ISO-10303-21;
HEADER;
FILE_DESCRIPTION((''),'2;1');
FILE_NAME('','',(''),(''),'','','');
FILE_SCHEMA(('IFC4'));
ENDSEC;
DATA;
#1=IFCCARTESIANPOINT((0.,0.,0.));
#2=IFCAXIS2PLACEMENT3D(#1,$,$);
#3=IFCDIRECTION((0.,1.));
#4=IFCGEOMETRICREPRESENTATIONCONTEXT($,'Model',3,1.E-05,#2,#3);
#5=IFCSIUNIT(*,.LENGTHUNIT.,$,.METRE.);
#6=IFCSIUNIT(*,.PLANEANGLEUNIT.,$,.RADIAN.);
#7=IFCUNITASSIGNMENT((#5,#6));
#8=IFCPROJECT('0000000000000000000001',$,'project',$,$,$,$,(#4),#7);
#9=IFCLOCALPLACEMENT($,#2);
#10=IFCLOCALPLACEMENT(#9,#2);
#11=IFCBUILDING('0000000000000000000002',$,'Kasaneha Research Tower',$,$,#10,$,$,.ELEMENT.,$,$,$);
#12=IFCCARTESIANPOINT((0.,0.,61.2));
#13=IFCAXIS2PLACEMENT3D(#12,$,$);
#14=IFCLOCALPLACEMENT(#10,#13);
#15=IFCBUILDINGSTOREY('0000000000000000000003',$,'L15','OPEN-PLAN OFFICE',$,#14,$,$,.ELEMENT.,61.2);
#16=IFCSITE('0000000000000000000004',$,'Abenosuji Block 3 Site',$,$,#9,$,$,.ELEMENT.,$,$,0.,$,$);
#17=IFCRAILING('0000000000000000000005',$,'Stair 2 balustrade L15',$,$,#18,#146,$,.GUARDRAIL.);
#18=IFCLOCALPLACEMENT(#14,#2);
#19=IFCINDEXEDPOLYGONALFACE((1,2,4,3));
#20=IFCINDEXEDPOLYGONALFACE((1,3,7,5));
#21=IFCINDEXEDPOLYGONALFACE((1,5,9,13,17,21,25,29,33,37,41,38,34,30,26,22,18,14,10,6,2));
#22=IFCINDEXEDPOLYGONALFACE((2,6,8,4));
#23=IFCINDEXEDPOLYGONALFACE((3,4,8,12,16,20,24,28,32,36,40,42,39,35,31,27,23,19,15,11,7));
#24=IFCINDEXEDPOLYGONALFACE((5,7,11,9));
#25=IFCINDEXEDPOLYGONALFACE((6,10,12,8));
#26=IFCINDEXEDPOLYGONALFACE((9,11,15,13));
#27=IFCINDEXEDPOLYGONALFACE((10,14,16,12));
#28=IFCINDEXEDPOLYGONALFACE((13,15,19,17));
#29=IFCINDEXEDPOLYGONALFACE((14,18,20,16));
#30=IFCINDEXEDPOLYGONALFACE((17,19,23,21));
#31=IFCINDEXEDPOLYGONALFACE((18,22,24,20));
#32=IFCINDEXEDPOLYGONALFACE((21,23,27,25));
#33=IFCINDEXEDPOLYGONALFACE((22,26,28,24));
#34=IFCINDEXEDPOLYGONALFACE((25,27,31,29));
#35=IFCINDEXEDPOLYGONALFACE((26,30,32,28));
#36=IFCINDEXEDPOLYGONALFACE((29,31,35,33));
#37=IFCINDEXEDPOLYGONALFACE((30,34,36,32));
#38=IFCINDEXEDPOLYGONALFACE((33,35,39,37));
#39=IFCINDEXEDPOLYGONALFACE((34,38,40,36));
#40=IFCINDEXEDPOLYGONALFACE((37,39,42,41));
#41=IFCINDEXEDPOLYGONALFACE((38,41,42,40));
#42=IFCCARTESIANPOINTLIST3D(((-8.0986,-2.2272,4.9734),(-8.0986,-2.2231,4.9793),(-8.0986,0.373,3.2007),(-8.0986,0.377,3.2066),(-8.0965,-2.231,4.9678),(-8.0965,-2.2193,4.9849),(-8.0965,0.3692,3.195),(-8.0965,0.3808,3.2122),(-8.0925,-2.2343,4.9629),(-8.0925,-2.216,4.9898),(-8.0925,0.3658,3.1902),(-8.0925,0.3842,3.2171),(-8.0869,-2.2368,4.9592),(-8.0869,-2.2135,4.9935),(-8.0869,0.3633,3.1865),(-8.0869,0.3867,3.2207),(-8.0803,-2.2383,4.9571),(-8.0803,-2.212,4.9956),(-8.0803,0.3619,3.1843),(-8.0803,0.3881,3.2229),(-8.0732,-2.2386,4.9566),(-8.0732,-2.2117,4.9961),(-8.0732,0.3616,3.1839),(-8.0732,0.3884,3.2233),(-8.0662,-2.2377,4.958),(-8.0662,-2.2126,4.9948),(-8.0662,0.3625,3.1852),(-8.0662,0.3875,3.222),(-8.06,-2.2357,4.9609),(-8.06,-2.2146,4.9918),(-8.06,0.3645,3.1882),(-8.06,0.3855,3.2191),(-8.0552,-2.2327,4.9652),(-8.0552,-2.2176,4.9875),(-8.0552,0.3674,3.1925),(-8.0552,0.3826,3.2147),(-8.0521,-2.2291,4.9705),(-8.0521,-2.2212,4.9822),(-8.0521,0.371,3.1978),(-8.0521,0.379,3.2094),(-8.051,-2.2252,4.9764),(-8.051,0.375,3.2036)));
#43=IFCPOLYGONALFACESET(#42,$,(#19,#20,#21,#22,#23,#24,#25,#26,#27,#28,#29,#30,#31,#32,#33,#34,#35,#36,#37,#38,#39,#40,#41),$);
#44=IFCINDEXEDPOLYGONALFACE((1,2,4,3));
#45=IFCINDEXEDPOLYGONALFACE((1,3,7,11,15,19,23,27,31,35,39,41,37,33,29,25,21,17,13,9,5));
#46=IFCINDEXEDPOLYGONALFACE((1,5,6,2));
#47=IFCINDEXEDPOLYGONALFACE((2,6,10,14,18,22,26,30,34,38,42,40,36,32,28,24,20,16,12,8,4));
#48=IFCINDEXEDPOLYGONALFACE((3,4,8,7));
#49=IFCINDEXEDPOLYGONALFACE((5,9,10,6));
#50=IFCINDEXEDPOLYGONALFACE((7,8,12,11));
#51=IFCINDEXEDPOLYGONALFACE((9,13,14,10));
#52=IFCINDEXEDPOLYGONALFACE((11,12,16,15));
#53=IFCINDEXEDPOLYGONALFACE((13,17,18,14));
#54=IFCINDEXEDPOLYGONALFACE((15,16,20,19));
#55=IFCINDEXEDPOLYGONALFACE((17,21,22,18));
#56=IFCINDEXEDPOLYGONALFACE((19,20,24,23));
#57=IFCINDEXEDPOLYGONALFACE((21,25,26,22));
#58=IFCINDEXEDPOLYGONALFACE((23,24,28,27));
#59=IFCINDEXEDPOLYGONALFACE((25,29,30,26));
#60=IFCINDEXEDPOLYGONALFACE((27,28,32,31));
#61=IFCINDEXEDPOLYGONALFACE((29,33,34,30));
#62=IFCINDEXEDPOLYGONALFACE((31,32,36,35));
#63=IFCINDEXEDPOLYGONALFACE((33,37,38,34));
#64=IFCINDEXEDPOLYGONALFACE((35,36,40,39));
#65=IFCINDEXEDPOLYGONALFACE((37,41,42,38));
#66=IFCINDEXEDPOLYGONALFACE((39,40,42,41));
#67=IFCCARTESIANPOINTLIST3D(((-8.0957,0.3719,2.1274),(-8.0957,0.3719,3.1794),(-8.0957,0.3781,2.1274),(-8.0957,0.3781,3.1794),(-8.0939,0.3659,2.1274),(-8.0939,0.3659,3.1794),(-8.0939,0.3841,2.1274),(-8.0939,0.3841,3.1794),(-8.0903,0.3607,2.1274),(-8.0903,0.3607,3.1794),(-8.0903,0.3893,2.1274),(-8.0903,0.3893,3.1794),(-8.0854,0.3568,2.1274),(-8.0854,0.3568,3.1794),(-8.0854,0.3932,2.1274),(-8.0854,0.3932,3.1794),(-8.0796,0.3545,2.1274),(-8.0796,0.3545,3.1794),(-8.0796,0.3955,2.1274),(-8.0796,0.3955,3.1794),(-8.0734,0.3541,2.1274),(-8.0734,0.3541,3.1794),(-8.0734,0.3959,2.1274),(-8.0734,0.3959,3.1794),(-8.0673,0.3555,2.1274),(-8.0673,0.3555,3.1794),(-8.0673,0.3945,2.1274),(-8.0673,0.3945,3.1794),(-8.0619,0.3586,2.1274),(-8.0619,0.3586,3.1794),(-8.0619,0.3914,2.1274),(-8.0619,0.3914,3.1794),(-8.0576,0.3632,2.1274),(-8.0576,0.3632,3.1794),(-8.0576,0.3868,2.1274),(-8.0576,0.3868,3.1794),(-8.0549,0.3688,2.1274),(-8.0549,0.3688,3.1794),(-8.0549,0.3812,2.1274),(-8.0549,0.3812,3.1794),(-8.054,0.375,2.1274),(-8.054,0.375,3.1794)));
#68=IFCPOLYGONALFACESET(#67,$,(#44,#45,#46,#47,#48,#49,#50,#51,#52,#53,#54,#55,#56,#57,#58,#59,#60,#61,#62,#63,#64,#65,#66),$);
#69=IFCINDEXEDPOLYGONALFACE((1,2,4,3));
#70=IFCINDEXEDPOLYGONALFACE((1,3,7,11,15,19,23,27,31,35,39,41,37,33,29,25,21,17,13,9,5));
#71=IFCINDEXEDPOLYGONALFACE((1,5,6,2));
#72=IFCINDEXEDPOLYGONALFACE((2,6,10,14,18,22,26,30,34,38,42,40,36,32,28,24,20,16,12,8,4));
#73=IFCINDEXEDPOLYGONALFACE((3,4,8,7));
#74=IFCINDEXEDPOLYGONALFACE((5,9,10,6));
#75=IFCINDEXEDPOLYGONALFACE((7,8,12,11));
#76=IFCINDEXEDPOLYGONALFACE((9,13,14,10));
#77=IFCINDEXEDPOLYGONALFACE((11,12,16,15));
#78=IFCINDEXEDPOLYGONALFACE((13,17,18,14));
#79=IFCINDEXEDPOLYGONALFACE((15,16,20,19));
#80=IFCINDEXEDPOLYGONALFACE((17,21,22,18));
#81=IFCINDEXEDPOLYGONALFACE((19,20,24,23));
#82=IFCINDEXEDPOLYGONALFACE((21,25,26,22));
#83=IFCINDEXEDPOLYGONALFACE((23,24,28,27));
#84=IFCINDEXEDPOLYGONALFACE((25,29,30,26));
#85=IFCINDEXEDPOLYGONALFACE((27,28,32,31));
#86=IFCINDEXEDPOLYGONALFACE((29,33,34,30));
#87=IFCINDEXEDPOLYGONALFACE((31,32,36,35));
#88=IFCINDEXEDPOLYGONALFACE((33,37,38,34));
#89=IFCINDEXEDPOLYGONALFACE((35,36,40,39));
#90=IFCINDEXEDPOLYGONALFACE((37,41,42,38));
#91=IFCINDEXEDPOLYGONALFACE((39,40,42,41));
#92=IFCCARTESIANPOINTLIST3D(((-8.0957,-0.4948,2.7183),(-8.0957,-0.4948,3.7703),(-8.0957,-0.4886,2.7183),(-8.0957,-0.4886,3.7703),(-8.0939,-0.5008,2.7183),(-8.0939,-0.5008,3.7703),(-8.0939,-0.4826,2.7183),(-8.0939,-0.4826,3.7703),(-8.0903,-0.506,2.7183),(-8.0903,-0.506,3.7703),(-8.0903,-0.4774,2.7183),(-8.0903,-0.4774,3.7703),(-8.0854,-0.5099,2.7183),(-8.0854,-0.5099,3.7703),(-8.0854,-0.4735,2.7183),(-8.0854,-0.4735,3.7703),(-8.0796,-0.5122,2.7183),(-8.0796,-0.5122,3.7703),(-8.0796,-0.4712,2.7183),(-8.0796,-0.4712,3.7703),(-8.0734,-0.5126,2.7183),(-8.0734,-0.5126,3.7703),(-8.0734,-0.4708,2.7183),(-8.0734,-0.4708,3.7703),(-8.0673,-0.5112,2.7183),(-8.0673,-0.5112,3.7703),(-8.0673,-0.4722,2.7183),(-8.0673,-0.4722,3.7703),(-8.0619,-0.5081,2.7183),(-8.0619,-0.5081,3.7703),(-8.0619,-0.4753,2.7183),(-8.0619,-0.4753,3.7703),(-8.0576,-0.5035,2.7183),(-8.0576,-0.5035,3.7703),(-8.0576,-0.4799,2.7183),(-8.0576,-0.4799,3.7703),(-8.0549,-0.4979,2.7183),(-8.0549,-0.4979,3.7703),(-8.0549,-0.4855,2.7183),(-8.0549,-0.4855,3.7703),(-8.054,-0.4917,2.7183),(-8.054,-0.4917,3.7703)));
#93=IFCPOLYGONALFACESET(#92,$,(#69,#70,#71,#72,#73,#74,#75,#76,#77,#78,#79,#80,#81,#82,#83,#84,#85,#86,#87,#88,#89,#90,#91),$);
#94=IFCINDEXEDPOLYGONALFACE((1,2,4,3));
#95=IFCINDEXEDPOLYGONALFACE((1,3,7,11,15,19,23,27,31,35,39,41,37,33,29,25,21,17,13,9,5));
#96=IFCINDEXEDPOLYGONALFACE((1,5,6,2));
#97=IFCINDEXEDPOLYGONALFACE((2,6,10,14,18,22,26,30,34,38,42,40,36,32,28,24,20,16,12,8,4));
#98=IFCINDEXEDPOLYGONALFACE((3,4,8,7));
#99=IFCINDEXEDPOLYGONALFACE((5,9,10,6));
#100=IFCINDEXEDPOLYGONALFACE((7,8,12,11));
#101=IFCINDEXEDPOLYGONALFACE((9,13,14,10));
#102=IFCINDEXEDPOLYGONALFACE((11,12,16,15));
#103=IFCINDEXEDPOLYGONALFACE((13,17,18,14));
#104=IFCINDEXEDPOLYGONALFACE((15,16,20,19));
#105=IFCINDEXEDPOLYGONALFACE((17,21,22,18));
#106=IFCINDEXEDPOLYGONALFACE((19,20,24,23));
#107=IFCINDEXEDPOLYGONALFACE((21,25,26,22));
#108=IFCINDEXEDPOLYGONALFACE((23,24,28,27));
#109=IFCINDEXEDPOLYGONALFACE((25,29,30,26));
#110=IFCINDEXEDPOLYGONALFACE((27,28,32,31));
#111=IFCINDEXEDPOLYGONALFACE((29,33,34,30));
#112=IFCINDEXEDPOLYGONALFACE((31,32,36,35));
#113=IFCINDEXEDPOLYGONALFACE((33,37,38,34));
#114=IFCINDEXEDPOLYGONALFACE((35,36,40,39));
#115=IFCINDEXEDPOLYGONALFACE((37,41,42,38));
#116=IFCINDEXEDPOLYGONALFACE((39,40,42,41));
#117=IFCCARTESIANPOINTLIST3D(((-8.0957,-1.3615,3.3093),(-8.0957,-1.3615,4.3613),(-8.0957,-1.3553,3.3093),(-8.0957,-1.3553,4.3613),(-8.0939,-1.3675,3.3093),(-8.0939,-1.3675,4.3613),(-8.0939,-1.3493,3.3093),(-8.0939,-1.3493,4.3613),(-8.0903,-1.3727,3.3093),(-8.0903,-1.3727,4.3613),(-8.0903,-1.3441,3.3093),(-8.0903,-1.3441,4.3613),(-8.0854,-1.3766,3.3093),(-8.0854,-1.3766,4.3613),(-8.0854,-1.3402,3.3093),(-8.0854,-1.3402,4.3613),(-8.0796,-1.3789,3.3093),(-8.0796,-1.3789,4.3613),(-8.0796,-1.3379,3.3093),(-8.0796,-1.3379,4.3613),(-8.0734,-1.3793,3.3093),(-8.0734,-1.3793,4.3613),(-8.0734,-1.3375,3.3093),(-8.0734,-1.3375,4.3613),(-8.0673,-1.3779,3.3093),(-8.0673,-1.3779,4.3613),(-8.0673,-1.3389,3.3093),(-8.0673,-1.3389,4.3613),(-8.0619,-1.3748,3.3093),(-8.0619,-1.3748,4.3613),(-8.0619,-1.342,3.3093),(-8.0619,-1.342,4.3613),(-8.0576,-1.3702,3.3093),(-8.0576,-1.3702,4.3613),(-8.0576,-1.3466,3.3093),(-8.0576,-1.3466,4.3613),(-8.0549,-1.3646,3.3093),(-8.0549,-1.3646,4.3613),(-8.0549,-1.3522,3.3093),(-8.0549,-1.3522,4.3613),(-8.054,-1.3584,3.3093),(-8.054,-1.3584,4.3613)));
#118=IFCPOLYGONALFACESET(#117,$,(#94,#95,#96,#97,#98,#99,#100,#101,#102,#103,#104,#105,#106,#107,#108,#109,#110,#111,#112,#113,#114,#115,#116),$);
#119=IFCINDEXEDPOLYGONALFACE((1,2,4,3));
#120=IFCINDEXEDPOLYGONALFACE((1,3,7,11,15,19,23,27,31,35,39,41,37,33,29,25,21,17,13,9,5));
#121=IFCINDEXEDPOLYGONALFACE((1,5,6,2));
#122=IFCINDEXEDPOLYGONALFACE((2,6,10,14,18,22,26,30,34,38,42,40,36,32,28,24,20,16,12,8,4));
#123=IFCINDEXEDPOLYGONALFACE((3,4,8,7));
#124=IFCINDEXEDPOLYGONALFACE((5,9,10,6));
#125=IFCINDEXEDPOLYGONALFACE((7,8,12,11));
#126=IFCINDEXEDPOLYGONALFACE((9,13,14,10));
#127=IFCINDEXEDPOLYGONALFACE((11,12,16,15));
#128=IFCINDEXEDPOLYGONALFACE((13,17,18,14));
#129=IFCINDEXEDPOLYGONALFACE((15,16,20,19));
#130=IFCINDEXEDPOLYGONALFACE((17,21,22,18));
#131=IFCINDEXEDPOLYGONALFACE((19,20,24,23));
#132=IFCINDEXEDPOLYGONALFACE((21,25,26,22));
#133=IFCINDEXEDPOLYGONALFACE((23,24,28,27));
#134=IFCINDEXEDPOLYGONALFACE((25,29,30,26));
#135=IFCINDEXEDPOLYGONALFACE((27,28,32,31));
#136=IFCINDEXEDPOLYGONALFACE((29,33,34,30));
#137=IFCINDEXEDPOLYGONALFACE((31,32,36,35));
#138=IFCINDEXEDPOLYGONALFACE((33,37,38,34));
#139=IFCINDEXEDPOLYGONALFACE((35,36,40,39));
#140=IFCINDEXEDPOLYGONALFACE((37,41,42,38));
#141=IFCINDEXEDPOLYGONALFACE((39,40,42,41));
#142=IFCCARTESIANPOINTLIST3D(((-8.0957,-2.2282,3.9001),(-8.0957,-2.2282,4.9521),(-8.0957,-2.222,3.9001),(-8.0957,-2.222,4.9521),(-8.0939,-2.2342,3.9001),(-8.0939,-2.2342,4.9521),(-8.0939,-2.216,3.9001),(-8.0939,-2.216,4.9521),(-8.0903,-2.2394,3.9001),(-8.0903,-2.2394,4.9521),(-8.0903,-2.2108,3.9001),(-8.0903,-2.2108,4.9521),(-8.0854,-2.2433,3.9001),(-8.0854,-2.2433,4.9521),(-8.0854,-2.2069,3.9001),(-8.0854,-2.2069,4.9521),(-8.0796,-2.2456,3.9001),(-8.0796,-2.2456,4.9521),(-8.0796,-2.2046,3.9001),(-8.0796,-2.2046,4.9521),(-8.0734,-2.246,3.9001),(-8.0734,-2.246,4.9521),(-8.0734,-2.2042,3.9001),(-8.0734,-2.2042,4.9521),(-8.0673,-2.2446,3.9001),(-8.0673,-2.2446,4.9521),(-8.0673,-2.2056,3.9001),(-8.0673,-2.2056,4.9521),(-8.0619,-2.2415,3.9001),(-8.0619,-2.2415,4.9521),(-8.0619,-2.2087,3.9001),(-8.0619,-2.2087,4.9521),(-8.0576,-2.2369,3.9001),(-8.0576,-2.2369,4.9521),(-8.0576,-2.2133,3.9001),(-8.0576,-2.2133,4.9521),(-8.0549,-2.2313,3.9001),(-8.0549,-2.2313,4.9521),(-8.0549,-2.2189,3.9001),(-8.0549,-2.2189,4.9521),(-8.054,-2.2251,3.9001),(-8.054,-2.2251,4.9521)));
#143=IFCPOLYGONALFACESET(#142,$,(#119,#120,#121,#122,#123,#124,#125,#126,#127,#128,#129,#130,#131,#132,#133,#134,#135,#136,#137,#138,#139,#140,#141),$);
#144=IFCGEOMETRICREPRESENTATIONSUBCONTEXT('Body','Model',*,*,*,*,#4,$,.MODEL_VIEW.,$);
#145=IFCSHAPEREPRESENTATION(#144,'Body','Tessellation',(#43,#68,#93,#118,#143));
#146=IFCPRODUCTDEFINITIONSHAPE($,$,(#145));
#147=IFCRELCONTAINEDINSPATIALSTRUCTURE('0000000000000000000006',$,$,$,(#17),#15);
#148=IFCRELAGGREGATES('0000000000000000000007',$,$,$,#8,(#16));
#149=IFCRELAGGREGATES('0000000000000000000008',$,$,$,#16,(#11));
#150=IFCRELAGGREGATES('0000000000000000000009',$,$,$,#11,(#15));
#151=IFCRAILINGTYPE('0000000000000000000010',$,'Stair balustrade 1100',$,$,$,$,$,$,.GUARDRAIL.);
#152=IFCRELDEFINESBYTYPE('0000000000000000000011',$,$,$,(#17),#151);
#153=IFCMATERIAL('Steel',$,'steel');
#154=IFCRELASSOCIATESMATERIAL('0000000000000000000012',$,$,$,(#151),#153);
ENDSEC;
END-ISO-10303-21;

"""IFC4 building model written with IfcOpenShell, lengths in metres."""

from ifc_helpers import new_model, si_unit, direction, frame, origin, origin_2d, place, context, subcontext, project, spatial, circle, extrude, material, type_object, element, save


model = new_model("IFC4")

# Units and contexts
model_context = context("Model", 3, precision=1e-05, world=origin(), true_north=direction((0.0, 1.0)))
body_context = subcontext(model_context, "Body", "Model", "MODEL_VIEW")
ifc_project = project(units=[si_unit("LENGTHUNIT", "METRE"), si_unit("PLANEANGLEUNIT", "RADIAN")], contexts=[model_context])

# Site, building, storey
site_placement = place(None, origin())
site = spatial("IfcSite", under=ifc_project, at=site_placement, Name="Abenosuji Block 3 Site", CompositionType="ELEMENT", RefElevation=0.0)
building_placement = place(site_placement, origin())
building = spatial("IfcBuilding", under=site, at=building_placement, Name="Kasaneha Research Tower", CompositionType="ELEMENT")
storey_placement = place(building_placement, frame((0.0, 0.0, 61.2)))
storey = spatial("IfcBuildingStorey", under=building, at=storey_placement, Name="L15", Description="OPEN-PLAN OFFICE", CompositionType="ELEMENT", Elevation=61.2)

# Railing
ifc_material_1 = material(Name="Steel", Category="steel")
railing_type_1 = type_object("IfcRailingType", Name="Stair balustrade 1100", PredefinedType="GUARDRAIL", material=ifc_material_1)
railing_1_placement = place(storey_placement, frame((-8.075, 0.375, 2.1274)))
element("IfcRailing", 1, at=railing_1_placement, inside=storey, type_object=railing_type_1, Name="Stair 2 balustrade L15", PredefinedType="GUARDRAIL", context=body_context, shape_type="SweptSolid", body=[
    extrude(circle(Radius=0.0239, at=origin_2d()), frame((0.0, 0.0, 1.0762), z_axis=(0.0, -0.82624, 0.563318), x_axis=(1.0, 0.0, 0.0)), (0.0, 0.0, 1.0), 3.147),
    extrude(circle(Radius=0.021, at=origin_2d()), origin(), (0.0, 0.0, 1.0), 1.052),
    extrude(circle(Radius=0.021, at=origin_2d()), frame((0.0, -0.8667, 0.5908)), (0.0, 0.0, 1.0), 1.052),
    extrude(circle(Radius=0.021, at=origin_2d()), frame((0.0, -1.7334, 1.1819)), (0.0, 0.0, 1.0), 1.052),
    extrude(circle(Radius=0.021, at=origin_2d()), frame((0.0, -2.6001, 1.7727)), (0.0, 0.0, 1.0), 1.052),
])

save(model, "model.ifc")
